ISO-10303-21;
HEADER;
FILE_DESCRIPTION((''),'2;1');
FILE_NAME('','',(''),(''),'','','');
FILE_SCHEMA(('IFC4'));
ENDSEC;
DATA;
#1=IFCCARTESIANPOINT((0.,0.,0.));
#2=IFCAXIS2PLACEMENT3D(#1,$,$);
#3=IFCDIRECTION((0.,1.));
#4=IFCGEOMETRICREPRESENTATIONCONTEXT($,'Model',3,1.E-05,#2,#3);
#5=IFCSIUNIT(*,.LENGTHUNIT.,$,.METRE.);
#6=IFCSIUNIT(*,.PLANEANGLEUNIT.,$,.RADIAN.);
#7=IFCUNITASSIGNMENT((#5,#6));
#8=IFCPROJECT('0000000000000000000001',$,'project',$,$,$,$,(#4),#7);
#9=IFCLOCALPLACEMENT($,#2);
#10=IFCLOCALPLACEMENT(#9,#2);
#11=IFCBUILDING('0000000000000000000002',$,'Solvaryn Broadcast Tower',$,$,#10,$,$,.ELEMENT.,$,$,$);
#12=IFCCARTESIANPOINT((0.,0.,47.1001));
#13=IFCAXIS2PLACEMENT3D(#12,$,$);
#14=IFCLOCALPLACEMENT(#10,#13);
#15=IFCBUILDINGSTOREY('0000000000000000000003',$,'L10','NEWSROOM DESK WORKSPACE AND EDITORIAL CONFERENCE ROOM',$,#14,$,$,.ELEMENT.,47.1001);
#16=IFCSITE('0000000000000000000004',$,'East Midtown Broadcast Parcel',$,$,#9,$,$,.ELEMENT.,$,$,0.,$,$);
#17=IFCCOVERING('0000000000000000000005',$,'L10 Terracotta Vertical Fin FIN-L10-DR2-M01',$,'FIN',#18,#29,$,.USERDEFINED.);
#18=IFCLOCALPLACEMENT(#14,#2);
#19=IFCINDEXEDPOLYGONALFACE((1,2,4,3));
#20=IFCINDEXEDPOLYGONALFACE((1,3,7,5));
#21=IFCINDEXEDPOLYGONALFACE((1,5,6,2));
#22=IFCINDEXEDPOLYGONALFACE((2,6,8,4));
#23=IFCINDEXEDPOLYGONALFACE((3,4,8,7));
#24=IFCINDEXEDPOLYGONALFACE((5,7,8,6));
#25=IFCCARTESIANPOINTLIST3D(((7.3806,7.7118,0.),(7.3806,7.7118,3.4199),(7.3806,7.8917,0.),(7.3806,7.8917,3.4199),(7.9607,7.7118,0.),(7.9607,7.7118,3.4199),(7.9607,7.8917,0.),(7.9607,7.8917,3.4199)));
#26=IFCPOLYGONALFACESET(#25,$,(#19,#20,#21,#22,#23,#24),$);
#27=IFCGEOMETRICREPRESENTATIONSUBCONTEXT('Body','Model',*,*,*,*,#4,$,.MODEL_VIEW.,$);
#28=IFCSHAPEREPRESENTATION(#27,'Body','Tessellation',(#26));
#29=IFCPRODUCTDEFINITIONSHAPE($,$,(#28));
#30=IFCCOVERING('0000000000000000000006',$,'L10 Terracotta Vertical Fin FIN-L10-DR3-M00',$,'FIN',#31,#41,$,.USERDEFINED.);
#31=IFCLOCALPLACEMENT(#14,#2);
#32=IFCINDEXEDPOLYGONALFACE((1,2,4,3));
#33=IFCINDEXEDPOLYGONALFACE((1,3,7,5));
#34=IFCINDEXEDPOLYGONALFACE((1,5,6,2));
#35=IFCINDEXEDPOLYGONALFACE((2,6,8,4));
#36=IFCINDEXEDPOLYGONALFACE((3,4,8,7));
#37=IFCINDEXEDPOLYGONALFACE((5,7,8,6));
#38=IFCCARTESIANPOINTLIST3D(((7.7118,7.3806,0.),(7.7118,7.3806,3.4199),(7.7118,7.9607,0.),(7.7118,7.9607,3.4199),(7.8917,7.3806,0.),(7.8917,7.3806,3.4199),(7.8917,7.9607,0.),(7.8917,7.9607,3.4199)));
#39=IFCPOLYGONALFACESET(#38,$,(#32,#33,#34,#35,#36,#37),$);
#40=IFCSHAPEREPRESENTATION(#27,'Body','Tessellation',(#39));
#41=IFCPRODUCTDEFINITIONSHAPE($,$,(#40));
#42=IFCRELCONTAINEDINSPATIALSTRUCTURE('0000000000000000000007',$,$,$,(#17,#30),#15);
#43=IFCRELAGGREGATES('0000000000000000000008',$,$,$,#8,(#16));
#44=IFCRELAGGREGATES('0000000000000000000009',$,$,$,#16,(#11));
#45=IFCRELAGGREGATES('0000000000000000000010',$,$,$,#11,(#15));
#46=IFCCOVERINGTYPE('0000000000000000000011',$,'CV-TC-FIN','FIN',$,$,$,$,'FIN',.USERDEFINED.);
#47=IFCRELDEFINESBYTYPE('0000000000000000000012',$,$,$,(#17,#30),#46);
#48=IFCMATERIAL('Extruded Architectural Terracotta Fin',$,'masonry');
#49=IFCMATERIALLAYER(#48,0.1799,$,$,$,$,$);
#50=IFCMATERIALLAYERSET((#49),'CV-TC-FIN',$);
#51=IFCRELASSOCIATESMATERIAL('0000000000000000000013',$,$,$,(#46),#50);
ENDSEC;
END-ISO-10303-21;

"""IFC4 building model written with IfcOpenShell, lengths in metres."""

from ifc_helpers import new_model, si_unit, direction, frame, origin, origin_2d, place, context, subcontext, project, spatial, rectangle, extrude, material, layer, layer_set, type_object, element, save


model = new_model("IFC4")

# Units and contexts
model_context = context("Model", 3, precision=1e-05, world=origin(), true_north=direction((0.0, 1.0)))
body_context = subcontext(model_context, "Body", "Model", "MODEL_VIEW")
ifc_project = project(units=[si_unit("LENGTHUNIT", "METRE"), si_unit("PLANEANGLEUNIT", "RADIAN")], contexts=[model_context])

# Site, building, storey
site_placement = place(None, origin())
site = spatial("IfcSite", under=ifc_project, at=site_placement, Name="East Midtown Broadcast Parcel", CompositionType="ELEMENT", RefElevation=0.0)
building_placement = place(site_placement, origin())
building = spatial("IfcBuilding", under=site, at=building_placement, Name="Solvaryn Broadcast Tower", CompositionType="ELEMENT")
storey_placement = place(building_placement, frame((0.0, 0.0, 47.1001)))
storey = spatial("IfcBuildingStorey", under=building, at=storey_placement, Name="L10", Description="NEWSROOM DESK WORKSPACE AND EDITORIAL CONFERENCE ROOM", CompositionType="ELEMENT", Elevation=47.1001)

# Coverings
ifc_material_1 = material(Name="Extruded Architectural Terracotta Fin", Category="masonry")
ifc_layer_1 = layer(ifc_material_1, 0.1799)
ifc_layer_set_1 = layer_set([ifc_layer_1], Name="CV-TC-FIN")
covering_type_1 = type_object("IfcCoveringType", Name="CV-TC-FIN", Description="FIN", ElementType="FIN", PredefinedType="USERDEFINED", material=ifc_layer_set_1)
covering_1_placement = place(storey_placement, frame((7.6707, 7.8018, 0.0), z_axis=(0.0, 0.0, 1.0), x_axis=(1.0, 0.0, 0.0)))
element("IfcCovering", 1, at=covering_1_placement, inside=storey, type_object=covering_type_1, Name="L10 Terracotta Vertical Fin FIN-L10-DR2-M01", ObjectType="FIN", PredefinedType="USERDEFINED", context=body_context, shape_type="SweptSolid", body=[
    extrude(rectangle(XDim=0.5801, YDim=0.1799, at=origin_2d()), origin(), (0.0, 0.0, 1.0), 3.4199),
])
covering_2_placement = place(storey_placement, frame((7.8018, 7.6707, 0.0), z_axis=(0.0, 0.0, 1.0), x_axis=(1.0, 0.0, 0.0)))
element("IfcCovering", 2, at=covering_2_placement, inside=storey, type_object=covering_type_1, Name="L10 Terracotta Vertical Fin FIN-L10-DR3-M00", ObjectType="FIN", PredefinedType="USERDEFINED", context=body_context, shape_type="SweptSolid", body=[
    extrude(rectangle(XDim=0.1799, YDim=0.5801, at=origin_2d()), origin(), (0.0, 0.0, 1.0), 3.4199),
])

save(model, "model.ifc")
